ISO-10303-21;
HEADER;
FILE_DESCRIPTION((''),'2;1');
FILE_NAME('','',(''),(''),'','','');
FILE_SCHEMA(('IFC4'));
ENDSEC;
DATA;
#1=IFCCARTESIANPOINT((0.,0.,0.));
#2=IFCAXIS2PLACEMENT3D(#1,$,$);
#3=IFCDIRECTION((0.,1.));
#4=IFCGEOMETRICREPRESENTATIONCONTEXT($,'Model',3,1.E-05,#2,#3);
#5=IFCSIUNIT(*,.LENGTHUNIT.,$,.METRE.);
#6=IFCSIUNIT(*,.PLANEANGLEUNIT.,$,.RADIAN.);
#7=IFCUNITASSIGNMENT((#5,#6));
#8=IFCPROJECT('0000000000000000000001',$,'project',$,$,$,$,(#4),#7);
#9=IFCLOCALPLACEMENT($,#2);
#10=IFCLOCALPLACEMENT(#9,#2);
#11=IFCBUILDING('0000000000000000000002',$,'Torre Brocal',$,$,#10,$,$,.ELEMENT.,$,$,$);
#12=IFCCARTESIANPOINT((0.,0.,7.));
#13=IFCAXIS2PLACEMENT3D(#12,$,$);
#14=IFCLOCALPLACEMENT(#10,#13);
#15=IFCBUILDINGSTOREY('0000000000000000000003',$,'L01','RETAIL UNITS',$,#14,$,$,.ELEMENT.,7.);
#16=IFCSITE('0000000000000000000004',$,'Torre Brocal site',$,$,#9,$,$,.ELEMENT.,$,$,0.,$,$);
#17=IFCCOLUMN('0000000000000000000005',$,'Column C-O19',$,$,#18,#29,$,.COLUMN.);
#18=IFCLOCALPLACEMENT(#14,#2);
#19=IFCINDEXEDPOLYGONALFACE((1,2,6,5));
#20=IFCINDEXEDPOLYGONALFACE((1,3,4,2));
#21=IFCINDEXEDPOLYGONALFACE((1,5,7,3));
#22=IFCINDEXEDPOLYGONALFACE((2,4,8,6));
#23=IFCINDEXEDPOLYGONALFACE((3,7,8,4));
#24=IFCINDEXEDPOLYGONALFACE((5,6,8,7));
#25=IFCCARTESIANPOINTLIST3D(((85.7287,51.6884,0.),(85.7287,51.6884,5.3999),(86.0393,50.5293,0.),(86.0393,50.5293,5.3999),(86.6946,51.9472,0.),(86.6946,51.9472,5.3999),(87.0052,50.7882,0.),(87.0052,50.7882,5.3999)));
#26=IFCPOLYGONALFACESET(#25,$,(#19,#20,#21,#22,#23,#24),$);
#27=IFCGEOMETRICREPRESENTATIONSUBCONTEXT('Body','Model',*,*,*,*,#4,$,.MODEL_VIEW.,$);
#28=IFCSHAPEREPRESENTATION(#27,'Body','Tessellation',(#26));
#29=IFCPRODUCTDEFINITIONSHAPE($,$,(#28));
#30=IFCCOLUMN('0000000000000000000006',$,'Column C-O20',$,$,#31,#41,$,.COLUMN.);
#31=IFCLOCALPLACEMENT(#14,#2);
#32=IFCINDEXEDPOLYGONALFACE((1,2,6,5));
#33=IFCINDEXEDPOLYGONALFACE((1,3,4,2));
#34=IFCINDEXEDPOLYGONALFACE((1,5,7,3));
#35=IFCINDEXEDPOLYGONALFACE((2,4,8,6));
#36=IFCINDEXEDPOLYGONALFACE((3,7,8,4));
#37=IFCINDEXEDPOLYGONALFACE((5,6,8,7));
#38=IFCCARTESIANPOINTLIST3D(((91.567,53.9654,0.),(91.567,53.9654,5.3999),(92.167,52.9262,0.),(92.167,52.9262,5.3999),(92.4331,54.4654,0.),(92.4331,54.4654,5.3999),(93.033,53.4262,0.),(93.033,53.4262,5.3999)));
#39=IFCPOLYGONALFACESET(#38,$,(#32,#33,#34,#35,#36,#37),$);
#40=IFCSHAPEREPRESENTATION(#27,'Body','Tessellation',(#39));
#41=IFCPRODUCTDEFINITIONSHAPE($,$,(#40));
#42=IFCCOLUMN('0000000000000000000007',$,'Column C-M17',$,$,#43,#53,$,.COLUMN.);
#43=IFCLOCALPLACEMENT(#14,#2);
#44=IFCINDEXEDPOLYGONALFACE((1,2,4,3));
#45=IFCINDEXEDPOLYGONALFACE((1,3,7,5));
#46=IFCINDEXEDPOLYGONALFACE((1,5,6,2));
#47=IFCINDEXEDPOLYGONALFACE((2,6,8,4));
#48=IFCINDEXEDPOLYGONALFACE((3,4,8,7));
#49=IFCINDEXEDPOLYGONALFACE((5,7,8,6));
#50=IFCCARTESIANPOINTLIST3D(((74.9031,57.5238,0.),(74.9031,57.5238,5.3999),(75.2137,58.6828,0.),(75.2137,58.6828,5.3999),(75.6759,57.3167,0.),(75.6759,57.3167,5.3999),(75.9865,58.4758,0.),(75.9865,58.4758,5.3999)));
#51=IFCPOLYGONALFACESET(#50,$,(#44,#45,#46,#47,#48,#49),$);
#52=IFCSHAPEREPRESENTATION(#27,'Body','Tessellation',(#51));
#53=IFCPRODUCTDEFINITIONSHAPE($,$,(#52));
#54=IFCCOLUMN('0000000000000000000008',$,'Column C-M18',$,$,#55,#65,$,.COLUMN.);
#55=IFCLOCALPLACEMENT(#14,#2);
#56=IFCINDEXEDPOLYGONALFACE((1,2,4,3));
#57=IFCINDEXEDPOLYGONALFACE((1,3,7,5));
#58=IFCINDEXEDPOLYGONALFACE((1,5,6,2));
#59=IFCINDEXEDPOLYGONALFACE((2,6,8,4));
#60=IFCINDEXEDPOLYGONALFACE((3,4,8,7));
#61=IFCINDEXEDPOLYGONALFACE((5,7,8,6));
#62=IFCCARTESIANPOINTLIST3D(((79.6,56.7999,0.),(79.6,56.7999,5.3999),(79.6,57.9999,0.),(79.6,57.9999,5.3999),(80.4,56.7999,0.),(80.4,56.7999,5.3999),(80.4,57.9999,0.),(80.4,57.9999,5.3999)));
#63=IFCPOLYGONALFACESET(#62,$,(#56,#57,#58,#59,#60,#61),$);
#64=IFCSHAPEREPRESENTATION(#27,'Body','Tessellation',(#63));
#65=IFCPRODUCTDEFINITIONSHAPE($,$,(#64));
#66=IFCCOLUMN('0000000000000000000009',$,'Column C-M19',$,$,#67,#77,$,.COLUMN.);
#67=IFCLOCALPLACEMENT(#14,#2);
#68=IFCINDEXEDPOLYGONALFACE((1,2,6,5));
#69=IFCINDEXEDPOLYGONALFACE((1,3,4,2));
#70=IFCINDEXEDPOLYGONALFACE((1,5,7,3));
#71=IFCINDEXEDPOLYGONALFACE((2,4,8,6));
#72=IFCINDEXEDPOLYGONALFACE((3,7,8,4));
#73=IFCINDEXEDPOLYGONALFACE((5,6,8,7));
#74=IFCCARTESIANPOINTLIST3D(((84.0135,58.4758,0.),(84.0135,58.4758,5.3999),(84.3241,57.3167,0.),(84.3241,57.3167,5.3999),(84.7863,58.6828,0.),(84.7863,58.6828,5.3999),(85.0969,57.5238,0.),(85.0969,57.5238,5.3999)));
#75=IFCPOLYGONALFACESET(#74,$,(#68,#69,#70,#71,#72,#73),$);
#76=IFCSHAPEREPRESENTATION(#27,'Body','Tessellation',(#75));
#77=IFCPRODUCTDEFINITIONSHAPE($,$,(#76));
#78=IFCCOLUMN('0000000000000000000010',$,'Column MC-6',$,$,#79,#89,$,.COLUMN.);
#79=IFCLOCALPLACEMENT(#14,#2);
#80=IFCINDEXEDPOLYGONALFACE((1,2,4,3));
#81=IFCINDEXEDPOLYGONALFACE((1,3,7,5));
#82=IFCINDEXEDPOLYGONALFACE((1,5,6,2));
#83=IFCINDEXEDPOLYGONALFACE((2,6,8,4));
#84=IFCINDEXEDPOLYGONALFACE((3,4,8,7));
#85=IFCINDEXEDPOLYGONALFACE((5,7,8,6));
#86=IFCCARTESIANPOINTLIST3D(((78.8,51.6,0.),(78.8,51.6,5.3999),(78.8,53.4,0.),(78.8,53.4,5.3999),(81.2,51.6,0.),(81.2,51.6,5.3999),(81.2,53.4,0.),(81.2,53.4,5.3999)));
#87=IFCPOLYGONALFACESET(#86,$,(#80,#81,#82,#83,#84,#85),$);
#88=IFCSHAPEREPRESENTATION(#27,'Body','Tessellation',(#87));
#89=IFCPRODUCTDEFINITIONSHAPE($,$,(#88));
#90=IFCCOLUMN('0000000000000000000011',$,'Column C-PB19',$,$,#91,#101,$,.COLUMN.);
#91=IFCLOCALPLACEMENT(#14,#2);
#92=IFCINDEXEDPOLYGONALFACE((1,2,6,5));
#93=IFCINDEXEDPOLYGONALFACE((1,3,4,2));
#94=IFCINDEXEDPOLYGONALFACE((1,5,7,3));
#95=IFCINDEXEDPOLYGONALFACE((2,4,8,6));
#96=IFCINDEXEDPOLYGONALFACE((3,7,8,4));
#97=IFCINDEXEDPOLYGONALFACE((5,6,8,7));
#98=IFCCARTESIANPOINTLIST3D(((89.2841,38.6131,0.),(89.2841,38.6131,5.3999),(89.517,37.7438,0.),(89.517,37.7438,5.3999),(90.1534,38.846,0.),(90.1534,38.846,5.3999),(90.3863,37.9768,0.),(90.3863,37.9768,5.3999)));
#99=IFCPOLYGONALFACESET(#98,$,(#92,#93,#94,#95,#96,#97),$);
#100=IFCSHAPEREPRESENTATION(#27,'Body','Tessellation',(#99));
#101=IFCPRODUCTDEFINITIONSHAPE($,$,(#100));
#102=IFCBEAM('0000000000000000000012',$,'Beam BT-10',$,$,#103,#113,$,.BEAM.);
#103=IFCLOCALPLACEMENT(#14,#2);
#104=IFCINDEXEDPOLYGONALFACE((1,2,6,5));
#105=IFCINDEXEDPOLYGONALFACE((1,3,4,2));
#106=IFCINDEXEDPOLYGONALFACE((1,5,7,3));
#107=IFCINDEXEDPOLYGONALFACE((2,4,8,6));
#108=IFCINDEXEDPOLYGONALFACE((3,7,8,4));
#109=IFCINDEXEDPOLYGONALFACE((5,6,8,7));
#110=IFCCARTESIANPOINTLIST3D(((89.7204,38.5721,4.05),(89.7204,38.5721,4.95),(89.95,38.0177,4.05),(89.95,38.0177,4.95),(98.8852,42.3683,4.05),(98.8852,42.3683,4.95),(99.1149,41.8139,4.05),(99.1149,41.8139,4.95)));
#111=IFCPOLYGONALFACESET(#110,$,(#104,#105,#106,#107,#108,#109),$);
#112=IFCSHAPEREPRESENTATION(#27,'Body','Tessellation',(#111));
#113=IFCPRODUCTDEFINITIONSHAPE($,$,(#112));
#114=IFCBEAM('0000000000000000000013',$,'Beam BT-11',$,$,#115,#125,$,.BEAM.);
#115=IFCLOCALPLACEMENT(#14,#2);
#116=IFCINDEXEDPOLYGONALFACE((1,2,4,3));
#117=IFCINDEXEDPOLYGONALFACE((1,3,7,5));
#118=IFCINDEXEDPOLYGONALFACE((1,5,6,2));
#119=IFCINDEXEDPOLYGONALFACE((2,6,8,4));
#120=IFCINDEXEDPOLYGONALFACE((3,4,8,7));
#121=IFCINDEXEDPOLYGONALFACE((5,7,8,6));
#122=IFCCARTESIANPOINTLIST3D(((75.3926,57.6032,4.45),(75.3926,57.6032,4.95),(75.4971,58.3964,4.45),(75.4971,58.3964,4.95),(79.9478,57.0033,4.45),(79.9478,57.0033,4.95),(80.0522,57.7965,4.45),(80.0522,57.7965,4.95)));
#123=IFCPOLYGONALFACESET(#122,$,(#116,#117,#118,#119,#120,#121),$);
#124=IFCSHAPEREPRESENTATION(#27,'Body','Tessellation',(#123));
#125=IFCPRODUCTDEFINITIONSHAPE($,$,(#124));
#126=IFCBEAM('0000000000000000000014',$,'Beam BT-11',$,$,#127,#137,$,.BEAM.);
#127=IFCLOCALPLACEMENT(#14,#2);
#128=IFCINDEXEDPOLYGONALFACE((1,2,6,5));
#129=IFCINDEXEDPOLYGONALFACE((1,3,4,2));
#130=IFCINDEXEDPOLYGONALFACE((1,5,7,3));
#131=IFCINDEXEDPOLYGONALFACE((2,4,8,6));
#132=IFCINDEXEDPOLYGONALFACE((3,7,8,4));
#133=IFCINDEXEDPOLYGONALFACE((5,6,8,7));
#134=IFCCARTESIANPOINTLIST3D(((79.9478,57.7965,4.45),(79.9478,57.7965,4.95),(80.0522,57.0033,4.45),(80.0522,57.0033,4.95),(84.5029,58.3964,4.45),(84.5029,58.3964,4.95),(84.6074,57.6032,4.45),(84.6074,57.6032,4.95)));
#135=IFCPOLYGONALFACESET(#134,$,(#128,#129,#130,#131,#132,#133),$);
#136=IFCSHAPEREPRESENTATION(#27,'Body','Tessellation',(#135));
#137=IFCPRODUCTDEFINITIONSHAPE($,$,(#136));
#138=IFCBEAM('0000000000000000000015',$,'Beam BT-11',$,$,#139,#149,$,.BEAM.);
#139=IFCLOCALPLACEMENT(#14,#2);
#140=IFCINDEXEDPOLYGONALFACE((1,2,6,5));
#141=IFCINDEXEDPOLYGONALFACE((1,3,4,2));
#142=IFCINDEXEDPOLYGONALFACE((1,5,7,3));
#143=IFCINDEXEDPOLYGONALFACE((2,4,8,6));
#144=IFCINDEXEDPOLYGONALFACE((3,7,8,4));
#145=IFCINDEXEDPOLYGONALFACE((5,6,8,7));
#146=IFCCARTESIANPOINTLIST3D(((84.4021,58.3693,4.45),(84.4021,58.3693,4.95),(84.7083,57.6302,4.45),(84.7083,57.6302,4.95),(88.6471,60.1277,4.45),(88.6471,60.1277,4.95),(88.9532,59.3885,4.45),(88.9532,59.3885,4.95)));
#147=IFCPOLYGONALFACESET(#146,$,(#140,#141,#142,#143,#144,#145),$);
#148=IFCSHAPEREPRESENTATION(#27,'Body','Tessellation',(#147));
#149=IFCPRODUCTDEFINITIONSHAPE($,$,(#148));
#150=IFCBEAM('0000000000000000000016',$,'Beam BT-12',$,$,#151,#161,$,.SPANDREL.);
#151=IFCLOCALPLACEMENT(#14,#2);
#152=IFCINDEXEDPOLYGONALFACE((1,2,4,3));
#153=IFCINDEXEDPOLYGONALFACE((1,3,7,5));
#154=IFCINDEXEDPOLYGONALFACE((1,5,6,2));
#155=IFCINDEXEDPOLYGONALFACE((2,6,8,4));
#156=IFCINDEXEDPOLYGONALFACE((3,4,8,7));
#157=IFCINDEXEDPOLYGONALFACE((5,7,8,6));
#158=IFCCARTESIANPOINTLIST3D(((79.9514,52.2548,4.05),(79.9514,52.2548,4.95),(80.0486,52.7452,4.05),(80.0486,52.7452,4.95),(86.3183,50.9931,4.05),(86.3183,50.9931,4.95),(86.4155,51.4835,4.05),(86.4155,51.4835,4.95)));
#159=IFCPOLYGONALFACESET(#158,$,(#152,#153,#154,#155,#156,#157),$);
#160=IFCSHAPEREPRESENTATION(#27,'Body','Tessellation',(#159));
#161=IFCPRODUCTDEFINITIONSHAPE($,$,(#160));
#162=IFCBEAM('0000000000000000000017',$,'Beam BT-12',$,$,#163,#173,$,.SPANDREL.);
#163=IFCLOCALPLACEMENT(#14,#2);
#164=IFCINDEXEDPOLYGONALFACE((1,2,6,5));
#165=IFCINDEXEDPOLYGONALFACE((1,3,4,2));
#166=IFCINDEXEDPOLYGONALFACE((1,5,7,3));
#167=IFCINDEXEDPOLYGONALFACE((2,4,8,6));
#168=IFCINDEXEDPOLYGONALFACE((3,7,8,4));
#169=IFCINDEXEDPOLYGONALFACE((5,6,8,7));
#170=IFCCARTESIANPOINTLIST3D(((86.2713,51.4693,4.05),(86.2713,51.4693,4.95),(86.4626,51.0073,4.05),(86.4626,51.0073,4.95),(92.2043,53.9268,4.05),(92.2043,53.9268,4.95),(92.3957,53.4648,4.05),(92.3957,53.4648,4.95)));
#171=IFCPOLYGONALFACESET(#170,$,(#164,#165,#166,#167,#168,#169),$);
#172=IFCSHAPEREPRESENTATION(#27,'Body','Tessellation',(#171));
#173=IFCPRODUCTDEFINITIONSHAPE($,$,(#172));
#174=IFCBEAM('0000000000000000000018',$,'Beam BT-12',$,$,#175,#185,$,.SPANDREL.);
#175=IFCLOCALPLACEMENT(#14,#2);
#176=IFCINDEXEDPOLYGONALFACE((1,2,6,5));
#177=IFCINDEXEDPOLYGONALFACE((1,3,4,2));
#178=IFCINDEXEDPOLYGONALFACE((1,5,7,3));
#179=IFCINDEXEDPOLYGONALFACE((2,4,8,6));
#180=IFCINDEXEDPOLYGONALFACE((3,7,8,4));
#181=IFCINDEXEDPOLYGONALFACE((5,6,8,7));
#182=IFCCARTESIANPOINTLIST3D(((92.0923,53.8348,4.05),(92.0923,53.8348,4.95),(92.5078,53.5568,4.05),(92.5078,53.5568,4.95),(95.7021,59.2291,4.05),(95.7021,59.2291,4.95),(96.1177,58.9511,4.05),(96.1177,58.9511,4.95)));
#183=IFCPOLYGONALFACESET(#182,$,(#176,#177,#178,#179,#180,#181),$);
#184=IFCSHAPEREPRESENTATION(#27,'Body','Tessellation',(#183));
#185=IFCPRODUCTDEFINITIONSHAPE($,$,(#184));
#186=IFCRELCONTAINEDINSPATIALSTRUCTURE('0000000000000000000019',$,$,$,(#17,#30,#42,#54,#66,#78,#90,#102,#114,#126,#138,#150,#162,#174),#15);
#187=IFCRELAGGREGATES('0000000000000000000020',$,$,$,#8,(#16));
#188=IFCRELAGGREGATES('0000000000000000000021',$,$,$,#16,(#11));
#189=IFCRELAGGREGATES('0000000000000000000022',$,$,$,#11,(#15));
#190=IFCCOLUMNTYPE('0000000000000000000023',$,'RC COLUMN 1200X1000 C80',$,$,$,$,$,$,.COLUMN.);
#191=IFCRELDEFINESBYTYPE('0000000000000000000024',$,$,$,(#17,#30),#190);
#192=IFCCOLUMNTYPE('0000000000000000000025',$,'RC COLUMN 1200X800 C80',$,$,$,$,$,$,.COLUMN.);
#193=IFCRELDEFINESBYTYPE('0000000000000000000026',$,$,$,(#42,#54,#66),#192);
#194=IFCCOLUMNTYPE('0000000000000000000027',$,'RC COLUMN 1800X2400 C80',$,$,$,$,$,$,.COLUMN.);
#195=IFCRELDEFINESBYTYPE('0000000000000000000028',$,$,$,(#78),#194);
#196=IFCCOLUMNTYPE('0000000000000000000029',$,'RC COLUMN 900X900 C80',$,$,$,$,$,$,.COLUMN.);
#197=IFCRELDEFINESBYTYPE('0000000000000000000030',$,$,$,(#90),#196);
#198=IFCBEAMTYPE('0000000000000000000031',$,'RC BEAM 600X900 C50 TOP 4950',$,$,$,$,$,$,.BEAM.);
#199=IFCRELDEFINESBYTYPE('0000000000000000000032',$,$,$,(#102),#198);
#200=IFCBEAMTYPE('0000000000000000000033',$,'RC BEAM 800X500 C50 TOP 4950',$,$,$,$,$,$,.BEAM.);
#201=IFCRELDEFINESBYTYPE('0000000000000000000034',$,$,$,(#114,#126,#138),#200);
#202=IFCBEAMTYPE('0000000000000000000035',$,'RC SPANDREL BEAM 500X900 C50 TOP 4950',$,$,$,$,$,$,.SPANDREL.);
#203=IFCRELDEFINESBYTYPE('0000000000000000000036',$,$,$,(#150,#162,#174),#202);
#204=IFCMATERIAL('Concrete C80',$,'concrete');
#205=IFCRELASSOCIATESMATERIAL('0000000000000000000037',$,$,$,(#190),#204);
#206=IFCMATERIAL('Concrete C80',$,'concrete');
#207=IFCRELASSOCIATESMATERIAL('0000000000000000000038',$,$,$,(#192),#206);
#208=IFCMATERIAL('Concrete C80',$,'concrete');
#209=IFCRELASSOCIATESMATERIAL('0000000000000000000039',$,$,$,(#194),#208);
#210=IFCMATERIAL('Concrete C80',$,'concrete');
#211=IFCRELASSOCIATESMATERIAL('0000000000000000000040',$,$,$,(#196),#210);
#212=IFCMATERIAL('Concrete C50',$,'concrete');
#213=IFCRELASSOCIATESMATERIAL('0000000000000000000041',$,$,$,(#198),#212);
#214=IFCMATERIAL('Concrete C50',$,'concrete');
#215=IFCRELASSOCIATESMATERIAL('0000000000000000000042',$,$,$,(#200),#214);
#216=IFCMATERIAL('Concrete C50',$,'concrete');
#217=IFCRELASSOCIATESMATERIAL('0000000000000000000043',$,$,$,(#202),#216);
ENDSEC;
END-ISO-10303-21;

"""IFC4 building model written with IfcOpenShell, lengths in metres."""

from ifc_helpers import new_model, si_unit, direction, frame, origin, origin_2d, place, context, subcontext, project, spatial, rectangle, extrude, material, material_profile, profile_set, type_object, element, save


model = new_model("IFC4")

# Units and contexts
model_context = context("Model", 3, precision=1e-05, world=origin(), true_north=direction((0.0, 1.0)))
body_context = subcontext(model_context, "Body", "Model", "MODEL_VIEW")
ifc_project = project(units=[si_unit("LENGTHUNIT", "METRE"), si_unit("PLANEANGLEUNIT", "RADIAN")], contexts=[model_context])

# Site, building, storey
site_placement = place(None, origin())
site = spatial("IfcSite", under=ifc_project, at=site_placement, Name="Torre Brocal site", CompositionType="ELEMENT", RefElevation=0.0)
building_placement = place(site_placement, origin())
building = spatial("IfcBuilding", under=site, at=building_placement, Name="Torre Brocal", CompositionType="ELEMENT")
storey_placement = place(building_placement, frame((0.0, 0.0, 7.0)))
storey = spatial("IfcBuildingStorey", under=building, at=storey_placement, Name="L01", Description="RETAIL UNITS", CompositionType="ELEMENT", Elevation=7.0)

# Columns
ifc_material_1 = material(Name="Concrete C80", Category="concrete")
ifc_material_profile_1 = material_profile(ifc_material_1, rectangle(XDim=1.2, YDim=1.0, at=origin_2d()), Name="RC 1200X1000")
ifc_profile_set_1 = profile_set([ifc_material_profile_1], Name="Concrete C80")
column_type_1 = type_object("IfcColumnType", Name="RC COLUMN 1200X1000 C80", PredefinedType="COLUMN", material=ifc_profile_set_1)
for number, where, z_axis, x_axis, name in (
    (1, (86.3669, 51.2383, 0.0), (0.0, 0.0, 1.0), (0.258819, -0.965926, 0.0), "Column C-O19"),
    (2, (92.3, 53.6958, 0.0), (0.0, 0.0, 1.0), (0.5, -0.866025, 0.0), "Column C-O20"),
):
    element("IfcColumn", number, at=place(storey_placement, frame(where, z_axis=z_axis, x_axis=x_axis)), inside=storey, type_object=column_type_1, Name=name, PredefinedType="COLUMN", context=body_context, shape_type="SweptSolid", body=[
        extrude(rectangle(XDim=1.2, YDim=1.0, at=origin_2d()), origin(), (0.0, 0.0, 1.0), 5.3999),
    ])
ifc_material_2 = material(Name="Concrete C80", Category="concrete")
ifc_material_profile_2 = material_profile(ifc_material_2, rectangle(XDim=1.2, YDim=0.8, at=origin_2d()), Name="RC 1200X800")
ifc_profile_set_2 = profile_set([ifc_material_profile_2], Name="Concrete C80")
column_type_2 = type_object("IfcColumnType", Name="RC COLUMN 1200X800 C80", PredefinedType="COLUMN", material=ifc_profile_set_2)
for number, where, z_axis, x_axis, name in (
    (3, (75.4448, 57.9998, 0.0), (0.0, 0.0, 1.0), (-0.258819, -0.965926, 0.0), "Column C-M17"),
    (4, (80.0, 57.3999, 0.0), (0.0, 0.0, 1.0), (0.0, -1.0, 0.0), "Column C-M18"),
    (5, (84.5552, 57.9998, 0.0), (0.0, 0.0, 1.0), (0.258819, -0.965926, 0.0), "Column C-M19"),
):
    element("IfcColumn", number, at=place(storey_placement, frame(where, z_axis=z_axis, x_axis=x_axis)), inside=storey, type_object=column_type_2, Name=name, PredefinedType="COLUMN", context=body_context, shape_type="SweptSolid", body=[
        extrude(rectangle(XDim=1.2, YDim=0.8, at=origin_2d()), origin(), (0.0, 0.0, 1.0), 5.3999),
    ])
ifc_material_3 = material(Name="Concrete C80", Category="concrete")
ifc_material_profile_3 = material_profile(ifc_material_3, rectangle(XDim=1.8, YDim=2.3999, at=origin_2d()), Name="RC 1800X2400")
ifc_profile_set_3 = profile_set([ifc_material_profile_3], Name="Concrete C80")
column_type_3 = type_object("IfcColumnType", Name="RC COLUMN 1800X2400 C80", PredefinedType="COLUMN", material=ifc_profile_set_3)
column_1_placement = place(storey_placement, frame((80.0, 52.5, 0.0), z_axis=(0.0, 0.0, 1.0), x_axis=(0.0, -1.0, 0.0)))
element("IfcColumn", 6, at=column_1_placement, inside=storey, type_object=column_type_3, Name="Column MC-6", PredefinedType="COLUMN", context=body_context, shape_type="SweptSolid", body=[
    extrude(rectangle(XDim=1.8, YDim=2.3999, at=origin_2d()), origin(), (0.0, 0.0, 1.0), 5.3999),
])
ifc_material_4 = material(Name="Concrete C80", Category="concrete")
ifc_material_profile_4 = material_profile(ifc_material_4, rectangle(XDim=0.8999, YDim=0.8999, at=origin_2d()), Name="RC 900X900")
ifc_profile_set_4 = profile_set([ifc_material_profile_4], Name="Concrete C80")
column_type_4 = type_object("IfcColumnType", Name="RC COLUMN 900X900 C80", PredefinedType="COLUMN", material=ifc_profile_set_4)
column_2_placement = place(storey_placement, frame((89.8352, 38.2949, 0.0), z_axis=(0.0, 0.0, 1.0), x_axis=(0.258819, -0.965926, 0.0)))
element("IfcColumn", 7, at=column_2_placement, inside=storey, type_object=column_type_4, Name="Column C-PB19", PredefinedType="COLUMN", context=body_context, shape_type="SweptSolid", body=[
    extrude(rectangle(XDim=0.8999, YDim=0.8999, at=origin_2d()), origin(), (0.0, 0.0, 1.0), 5.3999),
])

# Beams
ifc_material_5 = material(Name="Concrete C50", Category="concrete")
ifc_material_profile_5 = material_profile(ifc_material_5, rectangle(XDim=0.6001, YDim=0.8999, at=origin_2d()), Name="RC 600X900")
ifc_profile_set_5 = profile_set([ifc_material_profile_5], Name="Concrete C50")
beam_type_1 = type_object("IfcBeamType", Name="RC BEAM 600X900 C50 TOP 4950", PredefinedType="BEAM", material=ifc_profile_set_5)
beam_1_placement = place(storey_placement, frame((89.8352, 38.2949, 4.5), z_axis=(0.923881, 0.38268, 0.0), x_axis=(-0.38268, 0.923881, 0.0)))
element("IfcBeam", 8, at=beam_1_placement, inside=storey, type_object=beam_type_1, Name="Beam BT-10", PredefinedType="BEAM", context=body_context, shape_type="SweptSolid", body=[
    extrude(rectangle(XDim=0.6001, YDim=0.8999, at=origin_2d()), origin(), (0.0, 0.0, 1.0), 9.9199),
])
ifc_material_6 = material(Name="Concrete C50", Category="concrete")
ifc_material_profile_6 = material_profile(ifc_material_6, rectangle(XDim=0.8, YDim=0.5, at=origin_2d()), Name="RC 800X500")
ifc_profile_set_6 = profile_set([ifc_material_profile_6], Name="Concrete C50")
beam_type_2 = type_object("IfcBeamType", Name="RC BEAM 800X500 C50 TOP 4950", PredefinedType="BEAM", material=ifc_profile_set_6)
for number, where, z_axis, x_axis, name in (
    (9, (75.4448, 57.9998, 4.7), (0.991441, -0.130559, 0.0), (0.130559, 0.991441, 0.0), "Beam BT-11"),
    (10, (80.0, 57.3999, 4.7), (0.991441, 0.130559, 0.0), (-0.130559, 0.991441, 0.0), "Beam BT-11"),
):
    element("IfcBeam", number, at=place(storey_placement, frame(where, z_axis=z_axis, x_axis=x_axis)), inside=storey, type_object=beam_type_2, Name=name, PredefinedType="BEAM", context=body_context, shape_type="SweptSolid", body=[
        extrude(rectangle(XDim=0.8, YDim=0.5, at=origin_2d()), origin(), (0.0, 0.0, 1.0), 4.5945),
    ])
beam_2_placement = place(storey_placement, frame((84.5552, 57.9998, 4.7), z_axis=(0.923878, 0.382687, 0.0), x_axis=(-0.382687, 0.923878, 0.0)))
element("IfcBeam", 11, at=beam_2_placement, inside=storey, type_object=beam_type_2, Name="Beam BT-11", PredefinedType="BEAM", context=body_context, shape_type="SweptSolid", body=[
    extrude(rectangle(XDim=0.8, YDim=0.5, at=origin_2d()), origin(), (0.0, 0.0, 1.0), 4.5947),
])
ifc_material_7 = material(Name="Concrete C50", Category="concrete")
ifc_material_profile_7 = material_profile(ifc_material_7, rectangle(XDim=0.5, YDim=0.8999, at=origin_2d()), Name="RC 500X900")
ifc_profile_set_7 = profile_set([ifc_material_profile_7], Name="Concrete C50")
beam_type_3 = type_object("IfcBeamType", Name="RC SPANDREL BEAM 500X900 C50 TOP 4950", PredefinedType="SPANDREL", material=ifc_profile_set_7)
beam_3_placement = place(storey_placement, frame((80.0, 52.5, 4.5), z_axis=(0.980925, -0.194387, 0.0), x_axis=(0.194387, 0.980925, 0.0)))
element("IfcBeam", 12, at=beam_3_placement, inside=storey, type_object=beam_type_3, Name="Beam BT-12", PredefinedType="SPANDREL", context=body_context, shape_type="SweptSolid", body=[
    extrude(rectangle(XDim=0.5, YDim=0.8999, at=origin_2d()), origin(), (0.0, 0.0, 1.0), 6.4907),
])
beam_4_placement = place(storey_placement, frame((86.3669, 51.2383, 4.5), z_axis=(0.923882, 0.382676, 0.0), x_axis=(-0.382676, 0.923882, 0.0)))
element("IfcBeam", 13, at=beam_4_placement, inside=storey, type_object=beam_type_3, Name="Beam BT-12", PredefinedType="SPANDREL", context=body_context, shape_type="SweptSolid", body=[
    extrude(rectangle(XDim=0.5, YDim=0.8999, at=origin_2d()), origin(), (0.0, 0.0, 1.0), 6.4219),
])
beam_5_placement = place(storey_placement, frame((92.3, 53.6958, 4.5), z_axis=(0.556158, 0.831077, 0.0), x_axis=(-0.831077, 0.556158, 0.0)))
element("IfcBeam", 14, at=beam_5_placement, inside=storey, type_object=beam_type_3, Name="Beam BT-12", PredefinedType="SPANDREL", context=body_context, shape_type="SweptSolid", body=[
    extrude(rectangle(XDim=0.5, YDim=0.8999, at=origin_2d()), origin(), (0.0, 0.0, 1.0), 6.4907),
])

save(model, "model.ifc")
